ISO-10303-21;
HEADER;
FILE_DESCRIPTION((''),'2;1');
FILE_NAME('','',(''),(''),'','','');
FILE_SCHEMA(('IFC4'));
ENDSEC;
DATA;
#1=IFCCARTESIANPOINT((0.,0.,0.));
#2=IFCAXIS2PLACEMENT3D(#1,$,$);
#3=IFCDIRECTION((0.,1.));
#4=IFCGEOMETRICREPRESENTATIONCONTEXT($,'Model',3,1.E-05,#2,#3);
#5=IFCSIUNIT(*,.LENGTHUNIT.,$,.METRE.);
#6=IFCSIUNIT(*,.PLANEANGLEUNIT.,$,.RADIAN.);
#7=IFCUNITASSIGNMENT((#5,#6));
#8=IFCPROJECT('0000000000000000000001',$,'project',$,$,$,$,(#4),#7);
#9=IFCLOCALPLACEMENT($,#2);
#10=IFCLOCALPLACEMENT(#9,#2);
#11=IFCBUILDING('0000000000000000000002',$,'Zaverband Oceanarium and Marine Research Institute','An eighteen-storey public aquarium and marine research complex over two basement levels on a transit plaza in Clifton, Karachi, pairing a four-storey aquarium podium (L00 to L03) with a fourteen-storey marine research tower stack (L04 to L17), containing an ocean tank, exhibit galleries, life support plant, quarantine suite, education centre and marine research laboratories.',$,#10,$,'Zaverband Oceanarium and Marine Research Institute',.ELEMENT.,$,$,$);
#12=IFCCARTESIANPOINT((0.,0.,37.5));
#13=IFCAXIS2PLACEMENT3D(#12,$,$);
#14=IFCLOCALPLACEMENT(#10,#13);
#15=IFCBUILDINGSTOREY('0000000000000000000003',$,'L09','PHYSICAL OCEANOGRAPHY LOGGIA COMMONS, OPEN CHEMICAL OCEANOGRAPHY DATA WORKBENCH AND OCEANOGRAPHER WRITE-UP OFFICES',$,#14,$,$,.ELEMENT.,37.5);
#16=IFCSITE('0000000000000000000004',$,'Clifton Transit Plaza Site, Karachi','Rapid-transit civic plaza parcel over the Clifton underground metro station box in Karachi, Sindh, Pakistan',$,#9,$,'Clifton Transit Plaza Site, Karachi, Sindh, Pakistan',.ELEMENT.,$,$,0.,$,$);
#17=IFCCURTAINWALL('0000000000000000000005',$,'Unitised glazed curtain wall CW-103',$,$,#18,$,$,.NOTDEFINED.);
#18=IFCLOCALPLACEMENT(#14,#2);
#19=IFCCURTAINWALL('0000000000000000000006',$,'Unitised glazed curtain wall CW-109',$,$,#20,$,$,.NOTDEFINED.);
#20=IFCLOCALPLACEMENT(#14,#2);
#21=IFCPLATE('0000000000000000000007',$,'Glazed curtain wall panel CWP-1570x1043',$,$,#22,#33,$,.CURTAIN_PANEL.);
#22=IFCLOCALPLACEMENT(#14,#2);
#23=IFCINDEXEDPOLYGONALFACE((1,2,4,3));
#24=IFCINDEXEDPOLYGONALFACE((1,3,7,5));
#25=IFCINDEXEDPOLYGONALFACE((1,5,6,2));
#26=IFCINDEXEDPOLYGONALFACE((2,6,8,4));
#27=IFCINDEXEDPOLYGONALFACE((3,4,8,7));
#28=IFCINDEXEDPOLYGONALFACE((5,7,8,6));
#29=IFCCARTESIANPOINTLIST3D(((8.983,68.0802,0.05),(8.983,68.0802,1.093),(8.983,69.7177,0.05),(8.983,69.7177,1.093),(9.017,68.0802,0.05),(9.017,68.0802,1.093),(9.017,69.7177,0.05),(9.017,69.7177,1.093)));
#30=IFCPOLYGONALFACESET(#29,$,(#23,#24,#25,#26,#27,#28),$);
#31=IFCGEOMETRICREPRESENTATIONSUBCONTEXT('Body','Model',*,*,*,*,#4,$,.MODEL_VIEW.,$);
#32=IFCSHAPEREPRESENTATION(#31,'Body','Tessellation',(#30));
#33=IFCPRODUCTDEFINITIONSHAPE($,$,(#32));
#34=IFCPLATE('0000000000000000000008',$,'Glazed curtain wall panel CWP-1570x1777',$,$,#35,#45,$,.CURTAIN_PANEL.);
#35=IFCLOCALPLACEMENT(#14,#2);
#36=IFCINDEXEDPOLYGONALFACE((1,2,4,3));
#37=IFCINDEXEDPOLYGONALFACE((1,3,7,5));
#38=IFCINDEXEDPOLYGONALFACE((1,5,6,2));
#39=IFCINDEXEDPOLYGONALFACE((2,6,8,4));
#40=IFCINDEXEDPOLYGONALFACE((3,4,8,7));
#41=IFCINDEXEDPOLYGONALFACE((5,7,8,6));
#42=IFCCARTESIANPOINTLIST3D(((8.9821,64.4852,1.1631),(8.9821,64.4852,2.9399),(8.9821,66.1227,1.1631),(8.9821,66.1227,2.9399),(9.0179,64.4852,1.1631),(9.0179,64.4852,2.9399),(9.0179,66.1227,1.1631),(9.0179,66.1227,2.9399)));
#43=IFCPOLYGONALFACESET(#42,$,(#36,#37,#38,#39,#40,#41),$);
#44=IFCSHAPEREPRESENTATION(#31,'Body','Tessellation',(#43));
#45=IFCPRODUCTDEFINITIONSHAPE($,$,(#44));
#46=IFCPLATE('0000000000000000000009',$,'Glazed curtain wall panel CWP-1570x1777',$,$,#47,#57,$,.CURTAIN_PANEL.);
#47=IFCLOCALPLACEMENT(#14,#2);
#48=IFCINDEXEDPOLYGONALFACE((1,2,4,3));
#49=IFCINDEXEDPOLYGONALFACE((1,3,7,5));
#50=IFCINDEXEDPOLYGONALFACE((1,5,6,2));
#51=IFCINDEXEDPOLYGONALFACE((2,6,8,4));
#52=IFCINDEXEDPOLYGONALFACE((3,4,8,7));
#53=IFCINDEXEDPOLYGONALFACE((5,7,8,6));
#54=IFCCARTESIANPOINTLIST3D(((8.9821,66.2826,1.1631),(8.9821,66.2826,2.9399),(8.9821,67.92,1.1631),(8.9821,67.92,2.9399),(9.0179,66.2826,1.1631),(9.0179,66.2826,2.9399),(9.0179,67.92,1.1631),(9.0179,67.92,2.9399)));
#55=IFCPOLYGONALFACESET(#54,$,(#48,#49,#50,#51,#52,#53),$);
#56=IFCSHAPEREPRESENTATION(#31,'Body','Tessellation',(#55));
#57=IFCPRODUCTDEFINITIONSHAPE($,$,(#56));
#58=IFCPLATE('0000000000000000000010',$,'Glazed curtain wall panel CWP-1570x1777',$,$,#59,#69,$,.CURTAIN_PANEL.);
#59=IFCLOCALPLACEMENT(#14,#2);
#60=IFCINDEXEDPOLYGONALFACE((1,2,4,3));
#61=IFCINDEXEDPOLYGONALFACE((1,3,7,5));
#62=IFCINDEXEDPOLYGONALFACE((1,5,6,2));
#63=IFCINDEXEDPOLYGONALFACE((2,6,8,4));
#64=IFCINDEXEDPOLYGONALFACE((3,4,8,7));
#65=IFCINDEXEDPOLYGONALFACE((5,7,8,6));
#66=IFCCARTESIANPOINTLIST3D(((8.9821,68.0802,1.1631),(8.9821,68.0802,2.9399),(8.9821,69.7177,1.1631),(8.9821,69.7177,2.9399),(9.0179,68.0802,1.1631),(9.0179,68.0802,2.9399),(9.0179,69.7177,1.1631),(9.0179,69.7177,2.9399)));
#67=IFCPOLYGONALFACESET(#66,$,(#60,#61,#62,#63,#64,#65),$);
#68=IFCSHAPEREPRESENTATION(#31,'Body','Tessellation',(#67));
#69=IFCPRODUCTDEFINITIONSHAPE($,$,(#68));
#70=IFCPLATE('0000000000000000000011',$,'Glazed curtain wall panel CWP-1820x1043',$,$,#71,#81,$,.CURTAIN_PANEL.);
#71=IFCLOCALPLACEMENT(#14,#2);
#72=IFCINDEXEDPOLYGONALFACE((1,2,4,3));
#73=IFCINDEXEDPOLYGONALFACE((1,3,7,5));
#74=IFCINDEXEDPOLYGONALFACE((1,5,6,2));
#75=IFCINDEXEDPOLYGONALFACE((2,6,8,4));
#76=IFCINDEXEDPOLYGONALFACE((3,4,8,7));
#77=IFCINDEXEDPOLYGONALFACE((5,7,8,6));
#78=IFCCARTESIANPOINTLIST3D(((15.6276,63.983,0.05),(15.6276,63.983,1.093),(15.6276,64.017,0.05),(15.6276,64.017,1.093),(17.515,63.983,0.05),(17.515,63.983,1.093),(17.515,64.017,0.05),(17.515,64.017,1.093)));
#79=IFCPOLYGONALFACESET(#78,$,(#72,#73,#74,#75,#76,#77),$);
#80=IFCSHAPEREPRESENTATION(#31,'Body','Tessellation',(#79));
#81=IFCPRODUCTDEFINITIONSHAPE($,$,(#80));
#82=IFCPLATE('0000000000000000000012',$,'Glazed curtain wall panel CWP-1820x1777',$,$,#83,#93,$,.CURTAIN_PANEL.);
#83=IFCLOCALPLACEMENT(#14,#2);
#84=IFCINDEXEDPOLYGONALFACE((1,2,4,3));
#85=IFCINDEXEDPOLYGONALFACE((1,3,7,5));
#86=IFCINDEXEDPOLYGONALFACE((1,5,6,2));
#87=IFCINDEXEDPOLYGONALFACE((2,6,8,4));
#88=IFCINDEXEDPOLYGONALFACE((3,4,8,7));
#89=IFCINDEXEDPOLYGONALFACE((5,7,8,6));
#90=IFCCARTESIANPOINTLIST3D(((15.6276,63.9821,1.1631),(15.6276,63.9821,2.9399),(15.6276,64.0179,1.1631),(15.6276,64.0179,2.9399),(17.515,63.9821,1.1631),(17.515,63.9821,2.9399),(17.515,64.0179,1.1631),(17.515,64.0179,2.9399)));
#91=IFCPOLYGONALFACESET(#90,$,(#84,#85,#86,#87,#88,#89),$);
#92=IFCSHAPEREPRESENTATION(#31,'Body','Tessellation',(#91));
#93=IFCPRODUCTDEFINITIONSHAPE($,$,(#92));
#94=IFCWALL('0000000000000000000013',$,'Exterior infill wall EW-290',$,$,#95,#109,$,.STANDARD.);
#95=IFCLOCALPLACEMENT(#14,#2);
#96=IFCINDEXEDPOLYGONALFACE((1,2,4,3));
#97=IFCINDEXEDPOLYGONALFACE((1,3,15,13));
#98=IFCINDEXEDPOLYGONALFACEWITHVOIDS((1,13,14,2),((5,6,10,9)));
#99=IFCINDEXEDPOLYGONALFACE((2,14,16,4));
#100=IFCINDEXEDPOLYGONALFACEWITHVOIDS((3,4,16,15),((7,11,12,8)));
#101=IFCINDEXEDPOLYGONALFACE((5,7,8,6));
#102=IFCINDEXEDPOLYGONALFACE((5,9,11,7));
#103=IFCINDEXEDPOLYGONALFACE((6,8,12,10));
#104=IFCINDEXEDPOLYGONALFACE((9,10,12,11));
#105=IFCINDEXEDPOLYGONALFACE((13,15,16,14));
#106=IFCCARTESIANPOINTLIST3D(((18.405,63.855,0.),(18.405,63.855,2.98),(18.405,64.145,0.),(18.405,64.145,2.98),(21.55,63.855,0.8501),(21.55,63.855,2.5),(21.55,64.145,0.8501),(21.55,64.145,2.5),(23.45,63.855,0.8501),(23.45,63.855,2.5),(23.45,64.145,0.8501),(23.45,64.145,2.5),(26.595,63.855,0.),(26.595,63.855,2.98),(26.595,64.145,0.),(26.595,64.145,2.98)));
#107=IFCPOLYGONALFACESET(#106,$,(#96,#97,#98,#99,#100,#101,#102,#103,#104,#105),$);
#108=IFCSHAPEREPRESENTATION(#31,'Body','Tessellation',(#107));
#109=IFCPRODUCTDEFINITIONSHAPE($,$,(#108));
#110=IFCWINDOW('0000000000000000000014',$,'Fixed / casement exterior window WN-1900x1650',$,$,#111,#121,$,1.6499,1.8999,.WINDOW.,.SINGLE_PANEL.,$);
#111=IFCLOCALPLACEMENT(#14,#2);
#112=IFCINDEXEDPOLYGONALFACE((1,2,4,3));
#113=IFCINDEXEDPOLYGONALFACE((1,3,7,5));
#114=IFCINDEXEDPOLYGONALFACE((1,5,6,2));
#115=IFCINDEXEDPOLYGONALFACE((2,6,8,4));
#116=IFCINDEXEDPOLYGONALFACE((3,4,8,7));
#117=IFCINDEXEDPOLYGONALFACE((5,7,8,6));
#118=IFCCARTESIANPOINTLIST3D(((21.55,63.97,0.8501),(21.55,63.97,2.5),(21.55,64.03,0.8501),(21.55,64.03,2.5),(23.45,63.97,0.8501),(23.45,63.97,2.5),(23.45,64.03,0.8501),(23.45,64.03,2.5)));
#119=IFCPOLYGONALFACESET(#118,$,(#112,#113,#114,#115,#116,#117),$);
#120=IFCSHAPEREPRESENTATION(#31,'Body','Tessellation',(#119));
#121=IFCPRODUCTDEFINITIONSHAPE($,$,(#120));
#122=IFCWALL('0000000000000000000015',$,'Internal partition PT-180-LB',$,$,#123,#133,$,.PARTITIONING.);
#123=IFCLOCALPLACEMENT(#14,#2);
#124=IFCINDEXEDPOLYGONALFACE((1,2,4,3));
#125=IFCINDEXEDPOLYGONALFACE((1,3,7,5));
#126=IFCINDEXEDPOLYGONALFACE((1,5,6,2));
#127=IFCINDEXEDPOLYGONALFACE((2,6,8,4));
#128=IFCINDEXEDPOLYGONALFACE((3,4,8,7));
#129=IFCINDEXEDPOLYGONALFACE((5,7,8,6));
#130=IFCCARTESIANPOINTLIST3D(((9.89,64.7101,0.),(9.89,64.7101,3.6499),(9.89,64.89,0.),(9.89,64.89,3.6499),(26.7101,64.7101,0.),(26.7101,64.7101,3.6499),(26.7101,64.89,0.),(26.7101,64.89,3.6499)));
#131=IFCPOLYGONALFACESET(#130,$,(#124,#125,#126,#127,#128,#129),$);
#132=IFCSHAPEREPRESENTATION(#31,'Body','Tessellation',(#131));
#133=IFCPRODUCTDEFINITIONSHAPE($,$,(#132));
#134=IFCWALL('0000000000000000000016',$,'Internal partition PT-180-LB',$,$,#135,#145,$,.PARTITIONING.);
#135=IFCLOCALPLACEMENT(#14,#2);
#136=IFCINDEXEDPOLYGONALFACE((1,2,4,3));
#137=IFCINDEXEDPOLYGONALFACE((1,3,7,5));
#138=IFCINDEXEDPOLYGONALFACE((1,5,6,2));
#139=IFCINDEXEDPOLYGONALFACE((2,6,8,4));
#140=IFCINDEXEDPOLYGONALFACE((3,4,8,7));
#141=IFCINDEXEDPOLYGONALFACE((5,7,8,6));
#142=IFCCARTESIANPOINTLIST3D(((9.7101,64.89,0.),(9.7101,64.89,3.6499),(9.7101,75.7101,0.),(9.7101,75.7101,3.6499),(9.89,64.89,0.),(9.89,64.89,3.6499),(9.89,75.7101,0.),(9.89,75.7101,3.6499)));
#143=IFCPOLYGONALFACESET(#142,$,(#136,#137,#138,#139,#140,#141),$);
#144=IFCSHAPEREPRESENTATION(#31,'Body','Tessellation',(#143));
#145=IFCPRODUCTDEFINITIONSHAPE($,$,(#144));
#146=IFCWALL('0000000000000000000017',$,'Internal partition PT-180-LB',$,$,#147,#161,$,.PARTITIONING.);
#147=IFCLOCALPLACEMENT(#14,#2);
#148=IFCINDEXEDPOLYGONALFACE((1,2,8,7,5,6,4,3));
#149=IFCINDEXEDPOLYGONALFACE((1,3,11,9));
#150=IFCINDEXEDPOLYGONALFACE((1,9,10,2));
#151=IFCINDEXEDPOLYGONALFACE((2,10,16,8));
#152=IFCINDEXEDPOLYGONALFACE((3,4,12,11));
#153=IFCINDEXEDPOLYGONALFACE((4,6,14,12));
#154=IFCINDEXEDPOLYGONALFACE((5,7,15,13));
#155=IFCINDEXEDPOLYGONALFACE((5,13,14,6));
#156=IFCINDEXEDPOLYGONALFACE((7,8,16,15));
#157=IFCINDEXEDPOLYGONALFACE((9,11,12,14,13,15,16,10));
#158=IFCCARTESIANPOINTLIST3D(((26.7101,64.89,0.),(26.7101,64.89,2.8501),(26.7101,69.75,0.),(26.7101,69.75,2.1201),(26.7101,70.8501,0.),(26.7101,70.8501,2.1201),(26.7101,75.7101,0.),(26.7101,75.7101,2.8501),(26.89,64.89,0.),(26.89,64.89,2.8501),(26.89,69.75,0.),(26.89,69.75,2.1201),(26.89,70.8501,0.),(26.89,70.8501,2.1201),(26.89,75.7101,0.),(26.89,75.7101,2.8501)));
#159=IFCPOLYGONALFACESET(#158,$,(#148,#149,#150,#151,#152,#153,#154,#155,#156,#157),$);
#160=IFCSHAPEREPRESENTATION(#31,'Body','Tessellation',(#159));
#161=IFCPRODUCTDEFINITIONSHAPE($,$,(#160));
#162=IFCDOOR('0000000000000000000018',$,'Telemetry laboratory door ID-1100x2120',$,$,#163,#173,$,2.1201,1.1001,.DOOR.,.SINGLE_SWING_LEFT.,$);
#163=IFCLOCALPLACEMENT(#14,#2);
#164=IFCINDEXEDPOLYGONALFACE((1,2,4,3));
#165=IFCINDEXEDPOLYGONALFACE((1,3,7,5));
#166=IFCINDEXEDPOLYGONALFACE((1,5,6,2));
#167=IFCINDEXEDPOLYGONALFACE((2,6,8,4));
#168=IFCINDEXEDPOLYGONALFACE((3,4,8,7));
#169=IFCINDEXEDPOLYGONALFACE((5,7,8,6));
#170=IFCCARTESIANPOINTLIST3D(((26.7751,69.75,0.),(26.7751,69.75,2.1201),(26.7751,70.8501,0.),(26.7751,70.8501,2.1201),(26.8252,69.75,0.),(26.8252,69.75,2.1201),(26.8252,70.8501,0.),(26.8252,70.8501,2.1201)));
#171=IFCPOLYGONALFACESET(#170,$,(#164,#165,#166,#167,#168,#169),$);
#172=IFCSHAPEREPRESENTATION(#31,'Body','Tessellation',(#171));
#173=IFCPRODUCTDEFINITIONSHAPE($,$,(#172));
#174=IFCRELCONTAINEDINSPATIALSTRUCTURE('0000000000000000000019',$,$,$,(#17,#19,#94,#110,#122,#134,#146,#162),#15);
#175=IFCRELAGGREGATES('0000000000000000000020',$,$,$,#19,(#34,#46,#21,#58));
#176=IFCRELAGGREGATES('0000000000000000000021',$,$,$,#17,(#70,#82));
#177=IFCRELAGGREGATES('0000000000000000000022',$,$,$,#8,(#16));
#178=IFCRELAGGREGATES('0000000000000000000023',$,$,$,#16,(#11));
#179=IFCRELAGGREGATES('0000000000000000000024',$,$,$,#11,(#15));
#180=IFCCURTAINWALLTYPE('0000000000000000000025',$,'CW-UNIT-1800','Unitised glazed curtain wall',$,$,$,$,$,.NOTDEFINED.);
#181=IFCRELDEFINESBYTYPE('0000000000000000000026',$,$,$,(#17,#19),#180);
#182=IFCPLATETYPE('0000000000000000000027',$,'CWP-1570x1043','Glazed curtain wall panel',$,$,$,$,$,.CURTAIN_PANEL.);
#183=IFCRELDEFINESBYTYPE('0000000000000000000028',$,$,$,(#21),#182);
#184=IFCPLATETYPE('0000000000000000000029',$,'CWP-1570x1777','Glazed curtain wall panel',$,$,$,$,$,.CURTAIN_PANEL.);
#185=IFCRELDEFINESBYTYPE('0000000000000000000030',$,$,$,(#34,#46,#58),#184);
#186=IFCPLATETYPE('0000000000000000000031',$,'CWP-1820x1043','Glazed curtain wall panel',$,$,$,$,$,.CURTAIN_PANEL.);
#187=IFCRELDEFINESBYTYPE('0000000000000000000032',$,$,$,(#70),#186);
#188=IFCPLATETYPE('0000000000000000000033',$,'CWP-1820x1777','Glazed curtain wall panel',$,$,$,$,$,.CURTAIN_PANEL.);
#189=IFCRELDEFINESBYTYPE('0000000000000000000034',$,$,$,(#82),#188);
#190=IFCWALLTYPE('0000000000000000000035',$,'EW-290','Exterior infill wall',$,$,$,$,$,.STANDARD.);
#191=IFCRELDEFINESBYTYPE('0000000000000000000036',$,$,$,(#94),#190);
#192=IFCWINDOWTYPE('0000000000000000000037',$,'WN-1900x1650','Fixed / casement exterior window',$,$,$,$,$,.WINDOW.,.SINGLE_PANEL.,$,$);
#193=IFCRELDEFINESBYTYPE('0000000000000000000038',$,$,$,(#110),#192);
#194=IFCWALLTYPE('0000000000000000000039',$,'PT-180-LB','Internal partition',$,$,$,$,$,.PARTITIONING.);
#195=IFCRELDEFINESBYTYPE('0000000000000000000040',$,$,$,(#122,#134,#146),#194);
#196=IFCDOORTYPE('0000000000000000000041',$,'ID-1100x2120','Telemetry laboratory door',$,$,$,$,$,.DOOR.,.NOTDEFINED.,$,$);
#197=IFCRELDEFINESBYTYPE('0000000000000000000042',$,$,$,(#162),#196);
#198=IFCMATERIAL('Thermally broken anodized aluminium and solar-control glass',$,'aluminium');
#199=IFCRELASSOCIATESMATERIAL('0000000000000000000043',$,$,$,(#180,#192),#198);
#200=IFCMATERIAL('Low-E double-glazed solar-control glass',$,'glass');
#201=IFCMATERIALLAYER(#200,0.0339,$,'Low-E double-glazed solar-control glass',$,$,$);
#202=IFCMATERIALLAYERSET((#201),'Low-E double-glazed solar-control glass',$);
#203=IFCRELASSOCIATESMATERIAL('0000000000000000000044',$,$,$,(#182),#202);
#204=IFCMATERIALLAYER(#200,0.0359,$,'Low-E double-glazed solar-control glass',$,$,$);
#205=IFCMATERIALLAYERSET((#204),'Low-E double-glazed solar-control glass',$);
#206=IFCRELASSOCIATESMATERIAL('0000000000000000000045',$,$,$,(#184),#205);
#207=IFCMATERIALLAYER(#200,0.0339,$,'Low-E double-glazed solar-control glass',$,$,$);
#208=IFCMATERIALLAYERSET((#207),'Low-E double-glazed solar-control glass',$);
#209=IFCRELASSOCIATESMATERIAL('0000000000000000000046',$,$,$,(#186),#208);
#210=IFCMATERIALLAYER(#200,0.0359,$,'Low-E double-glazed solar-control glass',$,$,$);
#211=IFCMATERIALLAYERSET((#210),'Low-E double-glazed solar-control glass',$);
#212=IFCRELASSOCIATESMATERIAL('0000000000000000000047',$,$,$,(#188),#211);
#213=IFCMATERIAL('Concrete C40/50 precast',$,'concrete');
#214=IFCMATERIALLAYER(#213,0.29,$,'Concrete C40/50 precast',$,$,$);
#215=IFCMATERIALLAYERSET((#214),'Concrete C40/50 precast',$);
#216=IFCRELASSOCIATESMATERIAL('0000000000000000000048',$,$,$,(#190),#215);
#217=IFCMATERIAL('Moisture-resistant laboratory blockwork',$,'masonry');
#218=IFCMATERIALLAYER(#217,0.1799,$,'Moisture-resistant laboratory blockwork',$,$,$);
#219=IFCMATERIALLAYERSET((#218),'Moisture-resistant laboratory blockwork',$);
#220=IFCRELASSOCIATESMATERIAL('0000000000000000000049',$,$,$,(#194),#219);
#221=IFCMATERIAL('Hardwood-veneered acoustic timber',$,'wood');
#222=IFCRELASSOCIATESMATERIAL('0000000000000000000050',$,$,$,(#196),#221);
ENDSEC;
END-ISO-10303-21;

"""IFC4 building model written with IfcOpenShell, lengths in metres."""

from ifc_helpers import new_model, si_unit, direction, frame, frame_2d, origin, place, context, subcontext, project, spatial, rectangle, extrude, material, layer, layer_set, type_object, element, fill, aggregate, save


model = new_model("IFC4")

# Units and contexts
model_context = context("Model", 3, precision=1e-05, world=origin(), true_north=direction((0.0, 1.0)))
body_context = subcontext(model_context, "Body", "Model", "MODEL_VIEW")
ifc_project = project(units=[si_unit("LENGTHUNIT", "METRE"), si_unit("PLANEANGLEUNIT", "RADIAN")], contexts=[model_context])

# Site, building, storey
site_placement = place(None, origin())
site = spatial("IfcSite", under=ifc_project, at=site_placement, Name="Clifton Transit Plaza Site, Karachi", Description="Rapid-transit civic plaza parcel over the Clifton underground metro station box in Karachi, Sindh, Pakistan", LongName="Clifton Transit Plaza Site, Karachi, Sindh, Pakistan", CompositionType="ELEMENT", RefElevation=0.0)
building_placement = place(site_placement, origin())
building = spatial("IfcBuilding", under=site, at=building_placement, Name="Zaverband Oceanarium and Marine Research Institute", Description="An eighteen-storey public aquarium and marine research complex over two basement levels on a transit plaza in Clifton, Karachi, pairing a four-storey aquarium podium (L00 to L03) with a fourteen-storey marine research tower stack (L04 to L17), containing an ocean tank, exhibit galleries, life support plant, quarantine suite, education centre and marine research laboratories.", LongName="Zaverband Oceanarium and Marine Research Institute", CompositionType="ELEMENT")
storey_placement = place(building_placement, frame((0.0, 0.0, 37.5)))
storey = spatial("IfcBuildingStorey", under=building, at=storey_placement, Name="L09", Description="PHYSICAL OCEANOGRAPHY LOGGIA COMMONS, OPEN CHEMICAL OCEANOGRAPHY DATA WORKBENCH AND OCEANOGRAPHER WRITE-UP OFFICES", CompositionType="ELEMENT", Elevation=37.5)

# Curtain wall
ifc_material_1 = material(Name="Thermally broken anodized aluminium and solar-control glass", Category="aluminium")
curtain_wall_type = type_object("IfcCurtainWallType", Name="CW-UNIT-1800", Description="Unitised glazed curtain wall", PredefinedType="NOTDEFINED", material=ifc_material_1)
curtain_wall_1_placement = place(storey_placement, origin())
curtain_wall_1 = element("IfcCurtainWall", 1, at=curtain_wall_1_placement, inside=storey, type_object=curtain_wall_type, Name="Unitised glazed curtain wall CW-103", PredefinedType="NOTDEFINED")

# Curtain wall, plates
curtain_wall_2_placement = place(storey_placement, origin())
curtain_wall_2 = element("IfcCurtainWall", 2, at=curtain_wall_2_placement, inside=storey, type_object=curtain_wall_type, Name="Unitised glazed curtain wall CW-109", PredefinedType="NOTDEFINED")
ifc_material_2 = material(Name="Low-E double-glazed solar-control glass", Category="glass")
ifc_layer_1 = layer(ifc_material_2, 0.0339, Name="Low-E double-glazed solar-control glass")
ifc_layer_set_1 = layer_set([ifc_layer_1], Name="Low-E double-glazed solar-control glass")
plate_type_1 = type_object("IfcPlateType", Name="CWP-1570x1043", Description="Glazed curtain wall panel", PredefinedType="CURTAIN_PANEL", material=ifc_layer_set_1)
plate_1_placement = place(storey_placement, frame((9.0, 68.0801, 0.05), z_axis=(0.0, 0.0, 1.0), x_axis=(0.0, 1.0, 0.0)))
plate_1 = element("IfcPlate", 3, at=plate_1_placement, type_object=plate_type_1, Name="Glazed curtain wall panel CWP-1570x1043", PredefinedType="CURTAIN_PANEL", context=body_context, shape_type="SweptSolid", body=[
    extrude(rectangle(XDim=1.6375, YDim=0.0339, at=frame_2d((0.8188, 0.0))), origin(), (0.0, 0.0, 1.0), 1.043),
])
ifc_layer_2 = layer(ifc_material_2, 0.0359, Name="Low-E double-glazed solar-control glass")
ifc_layer_set_2 = layer_set([ifc_layer_2], Name="Low-E double-glazed solar-control glass")
plate_type_2 = type_object("IfcPlateType", Name="CWP-1570x1777", Description="Glazed curtain wall panel", PredefinedType="CURTAIN_PANEL", material=ifc_layer_set_2)
plate_2_placement = place(storey_placement, frame((9.0, 64.4851, 1.1631), z_axis=(0.0, 0.0, 1.0), x_axis=(0.0, 1.0, 0.0)))
plate_2 = element("IfcPlate", 4, at=plate_2_placement, type_object=plate_type_2, Name="Glazed curtain wall panel CWP-1570x1777", PredefinedType="CURTAIN_PANEL", context=body_context, shape_type="SweptSolid", body=[
    extrude(rectangle(XDim=1.6375, YDim=0.0359, at=frame_2d((0.8188, 0.0))), origin(), (0.0, 0.0, 1.0), 1.7769),
])
plate_3_placement = place(storey_placement, frame((9.0, 66.2825, 1.1631), z_axis=(0.0, 0.0, 1.0), x_axis=(0.0, 1.0, 0.0)))
plate_3 = element("IfcPlate", 5, at=plate_3_placement, type_object=plate_type_2, Name="Glazed curtain wall panel CWP-1570x1777", PredefinedType="CURTAIN_PANEL", context=body_context, shape_type="SweptSolid", body=[
    extrude(rectangle(XDim=1.6375, YDim=0.0359, at=frame_2d((0.8188, 0.0))), origin(), (0.0, 0.0, 1.0), 1.7769),
])
plate_4_placement = place(storey_placement, frame((9.0, 68.0801, 1.1631), z_axis=(0.0, 0.0, 1.0), x_axis=(0.0, 1.0, 0.0)))
plate_4 = element("IfcPlate", 6, at=plate_4_placement, type_object=plate_type_2, Name="Glazed curtain wall panel CWP-1570x1777", PredefinedType="CURTAIN_PANEL", context=body_context, shape_type="SweptSolid", body=[
    extrude(rectangle(XDim=1.6375, YDim=0.0359, at=frame_2d((0.8188, 0.0))), origin(), (0.0, 0.0, 1.0), 1.7769),
])
aggregate(curtain_wall_2, [plate_2, plate_3, plate_1, plate_4])

# Plates
ifc_layer_3 = layer(ifc_material_2, 0.0339, Name="Low-E double-glazed solar-control glass")
ifc_layer_set_3 = layer_set([ifc_layer_3], Name="Low-E double-glazed solar-control glass")
plate_type_3 = type_object("IfcPlateType", Name="CWP-1820x1043", Description="Glazed curtain wall panel", PredefinedType="CURTAIN_PANEL", material=ifc_layer_set_3)
plate_5_placement = place(storey_placement, frame((15.6274, 64.0, 0.05), z_axis=(0.0, 0.0, 1.0), x_axis=(1.0, 0.0, 0.0)))
plate_5 = element("IfcPlate", 7, at=plate_5_placement, type_object=plate_type_3, Name="Glazed curtain wall panel CWP-1820x1043", PredefinedType="CURTAIN_PANEL", context=body_context, shape_type="SweptSolid", body=[
    extrude(rectangle(XDim=1.8875, YDim=0.0339, at=frame_2d((0.9438, 0.0))), origin(), (0.0, 0.0, 1.0), 1.043),
])
ifc_layer_4 = layer(ifc_material_2, 0.0359, Name="Low-E double-glazed solar-control glass")
ifc_layer_set_4 = layer_set([ifc_layer_4], Name="Low-E double-glazed solar-control glass")
plate_type_4 = type_object("IfcPlateType", Name="CWP-1820x1777", Description="Glazed curtain wall panel", PredefinedType="CURTAIN_PANEL", material=ifc_layer_set_4)
plate_6_placement = place(storey_placement, frame((15.6274, 64.0, 1.1631), z_axis=(0.0, 0.0, 1.0), x_axis=(1.0, 0.0, 0.0)))
plate_6 = element("IfcPlate", 8, at=plate_6_placement, type_object=plate_type_4, Name="Glazed curtain wall panel CWP-1820x1777", PredefinedType="CURTAIN_PANEL", context=body_context, shape_type="SweptSolid", body=[
    extrude(rectangle(XDim=1.8875, YDim=0.0359, at=frame_2d((0.9438, 0.0))), origin(), (0.0, 0.0, 1.0), 1.7769),
])
aggregate(curtain_wall_1, [plate_5, plate_6])

# Wall, opening, window
ifc_material_3 = material(Name="Concrete C40/50 precast", Category="concrete")
ifc_layer_5 = layer(ifc_material_3, 0.29, Name="Concrete C40/50 precast")
ifc_layer_set_5 = layer_set([ifc_layer_5], Name="Concrete C40/50 precast")
wall_type_1 = type_object("IfcWallType", Name="EW-290", Description="Exterior infill wall", PredefinedType="STANDARD", material=ifc_layer_set_5)
wall_1_placement = place(storey_placement, frame((18.405, 64.0, 0.0), z_axis=(0.0, 0.0, 1.0), x_axis=(1.0, 0.0, 0.0)))
wall_1 = element("IfcWall", 9, at=wall_1_placement, inside=storey, type_object=wall_type_1, Name="Exterior infill wall EW-290", PredefinedType="STANDARD", context=body_context, shape_type="SweptSolid", body=[
    extrude(rectangle(XDim=8.1899, YDim=0.29, at=frame_2d((4.095, 0.0))), origin(), (0.0, 0.0, 1.0), 2.98),
])
opening_1_placement = place(wall_1_placement, frame((3.145, 0.0, 0.8501)))
opening_1 = element("IfcOpeningElement", 10, at=opening_1_placement, cuts=wall_1, PredefinedType="OPENING", context=body_context, shape_type="SweptSolid", body=[
    extrude(rectangle(XDim=1.8999, YDim=1.6499, at=frame_2d((0.95, 0.825))), frame((0.0, 0.157, 0.0), z_axis=(0.0, -1.0, 0.0), x_axis=(1.0, 0.0, 0.0)), (0.0, 0.0, 1.0), 0.314),
])
window_type = type_object("IfcWindowType", Name="WN-1900x1650", Description="Fixed / casement exterior window", PartitioningType="SINGLE_PANEL", PredefinedType="WINDOW", material=ifc_material_1)
window_placement = place(opening_1_placement, origin())
window = element("IfcWindow", 11, at=window_placement, inside=storey, type_object=window_type, Name="Fixed / casement exterior window WN-1900x1650", OverallHeight=1.6499, OverallWidth=1.8999, PartitioningType="SINGLE_PANEL", PredefinedType="WINDOW", context=body_context, shape_type="SweptSolid", body=[
    extrude(rectangle(XDim=1.8999, YDim=1.6499, at=frame_2d((0.95, 0.825))), frame((0.0, 0.03, 0.0), z_axis=(0.0, -1.0, 0.0), x_axis=(1.0, 0.0, 0.0)), (0.0, 0.0, 1.0), 0.0601),
])
fill(opening_1, window)

# Walls
ifc_material_4 = material(Name="Moisture-resistant laboratory blockwork", Category="masonry")
ifc_layer_6 = layer(ifc_material_4, 0.1799, Name="Moisture-resistant laboratory blockwork")
ifc_layer_set_6 = layer_set([ifc_layer_6], Name="Moisture-resistant laboratory blockwork")
wall_type_2 = type_object("IfcWallType", Name="PT-180-LB", Description="Internal partition", PredefinedType="PARTITIONING", material=ifc_layer_set_6)
wall_2_placement = place(storey_placement, frame((9.8899, 64.8, 0.0), z_axis=(0.0, 0.0, 1.0), x_axis=(1.0, 0.0, 0.0)))
element("IfcWall", 12, at=wall_2_placement, inside=storey, type_object=wall_type_2, Name="Internal partition PT-180-LB", PredefinedType="PARTITIONING", context=body_context, shape_type="SweptSolid", body=[
    extrude(rectangle(XDim=16.8201, YDim=0.1799, at=frame_2d((8.4102, 0.0))), origin(), (0.0, 0.0, 1.0), 3.6499),
])
wall_3_placement = place(storey_placement, frame((9.8, 64.8899, 0.0), z_axis=(0.0, 0.0, 1.0), x_axis=(0.0, 1.0, 0.0)))
element("IfcWall", 13, at=wall_3_placement, inside=storey, type_object=wall_type_2, Name="Internal partition PT-180-LB", PredefinedType="PARTITIONING", context=body_context, shape_type="SweptSolid", body=[
    extrude(rectangle(XDim=10.8201, YDim=0.1799, at=frame_2d((5.4102, 0.0))), origin(), (0.0, 0.0, 1.0), 3.6499),
])

# Wall, opening, door
wall_4_placement = place(storey_placement, frame((26.8, 64.8899, 0.0), z_axis=(0.0, 0.0, 1.0), x_axis=(0.0, 1.0, 0.0)))
wall_4 = element("IfcWall", 14, at=wall_4_placement, inside=storey, type_object=wall_type_2, Name="Internal partition PT-180-LB", PredefinedType="PARTITIONING", context=body_context, shape_type="SweptSolid", body=[
    extrude(rectangle(XDim=10.8201, YDim=0.1799, at=frame_2d((5.4102, 0.0))), origin(), (0.0, 0.0, 1.0), 2.8501),
])
opening_2_placement = place(wall_4_placement, frame((4.8601, 0.0, 0.0)))
opening_2 = element("IfcOpeningElement", 15, at=opening_2_placement, cuts=wall_4, PredefinedType="OPENING", context=body_context, shape_type="SweptSolid", body=[
    extrude(rectangle(XDim=1.1001, YDim=2.1201, at=frame_2d((0.55, 1.0601))), frame((0.0, 0.1021, 0.0), z_axis=(0.0, -1.0, 0.0), x_axis=(1.0, 0.0, 0.0)), (0.0, 0.0, 1.0), 0.2039),
])
ifc_material_5 = material(Name="Hardwood-veneered acoustic timber", Category="wood")
door_type = type_object("IfcDoorType", Name="ID-1100x2120", Description="Telemetry laboratory door", OperationType="NOTDEFINED", PredefinedType="DOOR", material=ifc_material_5)
door_placement = place(opening_2_placement, origin())
door = element("IfcDoor", 16, at=door_placement, inside=storey, type_object=door_type, Name="Telemetry laboratory door ID-1100x2120", OperationType="SINGLE_SWING_LEFT", OverallHeight=2.1201, OverallWidth=1.1001, PredefinedType="DOOR", context=body_context, shape_type="SweptSolid", body=[
    extrude(rectangle(XDim=1.1001, YDim=2.1201, at=frame_2d((0.55, 1.0601))), frame((0.0, 0.0249, 0.0), z_axis=(0.0, -1.0, 0.0), x_axis=(1.0, 0.0, 0.0)), (0.0, 0.0, 1.0), 0.05),
])
fill(opening_2, door)

save(model, "model.ifc")
